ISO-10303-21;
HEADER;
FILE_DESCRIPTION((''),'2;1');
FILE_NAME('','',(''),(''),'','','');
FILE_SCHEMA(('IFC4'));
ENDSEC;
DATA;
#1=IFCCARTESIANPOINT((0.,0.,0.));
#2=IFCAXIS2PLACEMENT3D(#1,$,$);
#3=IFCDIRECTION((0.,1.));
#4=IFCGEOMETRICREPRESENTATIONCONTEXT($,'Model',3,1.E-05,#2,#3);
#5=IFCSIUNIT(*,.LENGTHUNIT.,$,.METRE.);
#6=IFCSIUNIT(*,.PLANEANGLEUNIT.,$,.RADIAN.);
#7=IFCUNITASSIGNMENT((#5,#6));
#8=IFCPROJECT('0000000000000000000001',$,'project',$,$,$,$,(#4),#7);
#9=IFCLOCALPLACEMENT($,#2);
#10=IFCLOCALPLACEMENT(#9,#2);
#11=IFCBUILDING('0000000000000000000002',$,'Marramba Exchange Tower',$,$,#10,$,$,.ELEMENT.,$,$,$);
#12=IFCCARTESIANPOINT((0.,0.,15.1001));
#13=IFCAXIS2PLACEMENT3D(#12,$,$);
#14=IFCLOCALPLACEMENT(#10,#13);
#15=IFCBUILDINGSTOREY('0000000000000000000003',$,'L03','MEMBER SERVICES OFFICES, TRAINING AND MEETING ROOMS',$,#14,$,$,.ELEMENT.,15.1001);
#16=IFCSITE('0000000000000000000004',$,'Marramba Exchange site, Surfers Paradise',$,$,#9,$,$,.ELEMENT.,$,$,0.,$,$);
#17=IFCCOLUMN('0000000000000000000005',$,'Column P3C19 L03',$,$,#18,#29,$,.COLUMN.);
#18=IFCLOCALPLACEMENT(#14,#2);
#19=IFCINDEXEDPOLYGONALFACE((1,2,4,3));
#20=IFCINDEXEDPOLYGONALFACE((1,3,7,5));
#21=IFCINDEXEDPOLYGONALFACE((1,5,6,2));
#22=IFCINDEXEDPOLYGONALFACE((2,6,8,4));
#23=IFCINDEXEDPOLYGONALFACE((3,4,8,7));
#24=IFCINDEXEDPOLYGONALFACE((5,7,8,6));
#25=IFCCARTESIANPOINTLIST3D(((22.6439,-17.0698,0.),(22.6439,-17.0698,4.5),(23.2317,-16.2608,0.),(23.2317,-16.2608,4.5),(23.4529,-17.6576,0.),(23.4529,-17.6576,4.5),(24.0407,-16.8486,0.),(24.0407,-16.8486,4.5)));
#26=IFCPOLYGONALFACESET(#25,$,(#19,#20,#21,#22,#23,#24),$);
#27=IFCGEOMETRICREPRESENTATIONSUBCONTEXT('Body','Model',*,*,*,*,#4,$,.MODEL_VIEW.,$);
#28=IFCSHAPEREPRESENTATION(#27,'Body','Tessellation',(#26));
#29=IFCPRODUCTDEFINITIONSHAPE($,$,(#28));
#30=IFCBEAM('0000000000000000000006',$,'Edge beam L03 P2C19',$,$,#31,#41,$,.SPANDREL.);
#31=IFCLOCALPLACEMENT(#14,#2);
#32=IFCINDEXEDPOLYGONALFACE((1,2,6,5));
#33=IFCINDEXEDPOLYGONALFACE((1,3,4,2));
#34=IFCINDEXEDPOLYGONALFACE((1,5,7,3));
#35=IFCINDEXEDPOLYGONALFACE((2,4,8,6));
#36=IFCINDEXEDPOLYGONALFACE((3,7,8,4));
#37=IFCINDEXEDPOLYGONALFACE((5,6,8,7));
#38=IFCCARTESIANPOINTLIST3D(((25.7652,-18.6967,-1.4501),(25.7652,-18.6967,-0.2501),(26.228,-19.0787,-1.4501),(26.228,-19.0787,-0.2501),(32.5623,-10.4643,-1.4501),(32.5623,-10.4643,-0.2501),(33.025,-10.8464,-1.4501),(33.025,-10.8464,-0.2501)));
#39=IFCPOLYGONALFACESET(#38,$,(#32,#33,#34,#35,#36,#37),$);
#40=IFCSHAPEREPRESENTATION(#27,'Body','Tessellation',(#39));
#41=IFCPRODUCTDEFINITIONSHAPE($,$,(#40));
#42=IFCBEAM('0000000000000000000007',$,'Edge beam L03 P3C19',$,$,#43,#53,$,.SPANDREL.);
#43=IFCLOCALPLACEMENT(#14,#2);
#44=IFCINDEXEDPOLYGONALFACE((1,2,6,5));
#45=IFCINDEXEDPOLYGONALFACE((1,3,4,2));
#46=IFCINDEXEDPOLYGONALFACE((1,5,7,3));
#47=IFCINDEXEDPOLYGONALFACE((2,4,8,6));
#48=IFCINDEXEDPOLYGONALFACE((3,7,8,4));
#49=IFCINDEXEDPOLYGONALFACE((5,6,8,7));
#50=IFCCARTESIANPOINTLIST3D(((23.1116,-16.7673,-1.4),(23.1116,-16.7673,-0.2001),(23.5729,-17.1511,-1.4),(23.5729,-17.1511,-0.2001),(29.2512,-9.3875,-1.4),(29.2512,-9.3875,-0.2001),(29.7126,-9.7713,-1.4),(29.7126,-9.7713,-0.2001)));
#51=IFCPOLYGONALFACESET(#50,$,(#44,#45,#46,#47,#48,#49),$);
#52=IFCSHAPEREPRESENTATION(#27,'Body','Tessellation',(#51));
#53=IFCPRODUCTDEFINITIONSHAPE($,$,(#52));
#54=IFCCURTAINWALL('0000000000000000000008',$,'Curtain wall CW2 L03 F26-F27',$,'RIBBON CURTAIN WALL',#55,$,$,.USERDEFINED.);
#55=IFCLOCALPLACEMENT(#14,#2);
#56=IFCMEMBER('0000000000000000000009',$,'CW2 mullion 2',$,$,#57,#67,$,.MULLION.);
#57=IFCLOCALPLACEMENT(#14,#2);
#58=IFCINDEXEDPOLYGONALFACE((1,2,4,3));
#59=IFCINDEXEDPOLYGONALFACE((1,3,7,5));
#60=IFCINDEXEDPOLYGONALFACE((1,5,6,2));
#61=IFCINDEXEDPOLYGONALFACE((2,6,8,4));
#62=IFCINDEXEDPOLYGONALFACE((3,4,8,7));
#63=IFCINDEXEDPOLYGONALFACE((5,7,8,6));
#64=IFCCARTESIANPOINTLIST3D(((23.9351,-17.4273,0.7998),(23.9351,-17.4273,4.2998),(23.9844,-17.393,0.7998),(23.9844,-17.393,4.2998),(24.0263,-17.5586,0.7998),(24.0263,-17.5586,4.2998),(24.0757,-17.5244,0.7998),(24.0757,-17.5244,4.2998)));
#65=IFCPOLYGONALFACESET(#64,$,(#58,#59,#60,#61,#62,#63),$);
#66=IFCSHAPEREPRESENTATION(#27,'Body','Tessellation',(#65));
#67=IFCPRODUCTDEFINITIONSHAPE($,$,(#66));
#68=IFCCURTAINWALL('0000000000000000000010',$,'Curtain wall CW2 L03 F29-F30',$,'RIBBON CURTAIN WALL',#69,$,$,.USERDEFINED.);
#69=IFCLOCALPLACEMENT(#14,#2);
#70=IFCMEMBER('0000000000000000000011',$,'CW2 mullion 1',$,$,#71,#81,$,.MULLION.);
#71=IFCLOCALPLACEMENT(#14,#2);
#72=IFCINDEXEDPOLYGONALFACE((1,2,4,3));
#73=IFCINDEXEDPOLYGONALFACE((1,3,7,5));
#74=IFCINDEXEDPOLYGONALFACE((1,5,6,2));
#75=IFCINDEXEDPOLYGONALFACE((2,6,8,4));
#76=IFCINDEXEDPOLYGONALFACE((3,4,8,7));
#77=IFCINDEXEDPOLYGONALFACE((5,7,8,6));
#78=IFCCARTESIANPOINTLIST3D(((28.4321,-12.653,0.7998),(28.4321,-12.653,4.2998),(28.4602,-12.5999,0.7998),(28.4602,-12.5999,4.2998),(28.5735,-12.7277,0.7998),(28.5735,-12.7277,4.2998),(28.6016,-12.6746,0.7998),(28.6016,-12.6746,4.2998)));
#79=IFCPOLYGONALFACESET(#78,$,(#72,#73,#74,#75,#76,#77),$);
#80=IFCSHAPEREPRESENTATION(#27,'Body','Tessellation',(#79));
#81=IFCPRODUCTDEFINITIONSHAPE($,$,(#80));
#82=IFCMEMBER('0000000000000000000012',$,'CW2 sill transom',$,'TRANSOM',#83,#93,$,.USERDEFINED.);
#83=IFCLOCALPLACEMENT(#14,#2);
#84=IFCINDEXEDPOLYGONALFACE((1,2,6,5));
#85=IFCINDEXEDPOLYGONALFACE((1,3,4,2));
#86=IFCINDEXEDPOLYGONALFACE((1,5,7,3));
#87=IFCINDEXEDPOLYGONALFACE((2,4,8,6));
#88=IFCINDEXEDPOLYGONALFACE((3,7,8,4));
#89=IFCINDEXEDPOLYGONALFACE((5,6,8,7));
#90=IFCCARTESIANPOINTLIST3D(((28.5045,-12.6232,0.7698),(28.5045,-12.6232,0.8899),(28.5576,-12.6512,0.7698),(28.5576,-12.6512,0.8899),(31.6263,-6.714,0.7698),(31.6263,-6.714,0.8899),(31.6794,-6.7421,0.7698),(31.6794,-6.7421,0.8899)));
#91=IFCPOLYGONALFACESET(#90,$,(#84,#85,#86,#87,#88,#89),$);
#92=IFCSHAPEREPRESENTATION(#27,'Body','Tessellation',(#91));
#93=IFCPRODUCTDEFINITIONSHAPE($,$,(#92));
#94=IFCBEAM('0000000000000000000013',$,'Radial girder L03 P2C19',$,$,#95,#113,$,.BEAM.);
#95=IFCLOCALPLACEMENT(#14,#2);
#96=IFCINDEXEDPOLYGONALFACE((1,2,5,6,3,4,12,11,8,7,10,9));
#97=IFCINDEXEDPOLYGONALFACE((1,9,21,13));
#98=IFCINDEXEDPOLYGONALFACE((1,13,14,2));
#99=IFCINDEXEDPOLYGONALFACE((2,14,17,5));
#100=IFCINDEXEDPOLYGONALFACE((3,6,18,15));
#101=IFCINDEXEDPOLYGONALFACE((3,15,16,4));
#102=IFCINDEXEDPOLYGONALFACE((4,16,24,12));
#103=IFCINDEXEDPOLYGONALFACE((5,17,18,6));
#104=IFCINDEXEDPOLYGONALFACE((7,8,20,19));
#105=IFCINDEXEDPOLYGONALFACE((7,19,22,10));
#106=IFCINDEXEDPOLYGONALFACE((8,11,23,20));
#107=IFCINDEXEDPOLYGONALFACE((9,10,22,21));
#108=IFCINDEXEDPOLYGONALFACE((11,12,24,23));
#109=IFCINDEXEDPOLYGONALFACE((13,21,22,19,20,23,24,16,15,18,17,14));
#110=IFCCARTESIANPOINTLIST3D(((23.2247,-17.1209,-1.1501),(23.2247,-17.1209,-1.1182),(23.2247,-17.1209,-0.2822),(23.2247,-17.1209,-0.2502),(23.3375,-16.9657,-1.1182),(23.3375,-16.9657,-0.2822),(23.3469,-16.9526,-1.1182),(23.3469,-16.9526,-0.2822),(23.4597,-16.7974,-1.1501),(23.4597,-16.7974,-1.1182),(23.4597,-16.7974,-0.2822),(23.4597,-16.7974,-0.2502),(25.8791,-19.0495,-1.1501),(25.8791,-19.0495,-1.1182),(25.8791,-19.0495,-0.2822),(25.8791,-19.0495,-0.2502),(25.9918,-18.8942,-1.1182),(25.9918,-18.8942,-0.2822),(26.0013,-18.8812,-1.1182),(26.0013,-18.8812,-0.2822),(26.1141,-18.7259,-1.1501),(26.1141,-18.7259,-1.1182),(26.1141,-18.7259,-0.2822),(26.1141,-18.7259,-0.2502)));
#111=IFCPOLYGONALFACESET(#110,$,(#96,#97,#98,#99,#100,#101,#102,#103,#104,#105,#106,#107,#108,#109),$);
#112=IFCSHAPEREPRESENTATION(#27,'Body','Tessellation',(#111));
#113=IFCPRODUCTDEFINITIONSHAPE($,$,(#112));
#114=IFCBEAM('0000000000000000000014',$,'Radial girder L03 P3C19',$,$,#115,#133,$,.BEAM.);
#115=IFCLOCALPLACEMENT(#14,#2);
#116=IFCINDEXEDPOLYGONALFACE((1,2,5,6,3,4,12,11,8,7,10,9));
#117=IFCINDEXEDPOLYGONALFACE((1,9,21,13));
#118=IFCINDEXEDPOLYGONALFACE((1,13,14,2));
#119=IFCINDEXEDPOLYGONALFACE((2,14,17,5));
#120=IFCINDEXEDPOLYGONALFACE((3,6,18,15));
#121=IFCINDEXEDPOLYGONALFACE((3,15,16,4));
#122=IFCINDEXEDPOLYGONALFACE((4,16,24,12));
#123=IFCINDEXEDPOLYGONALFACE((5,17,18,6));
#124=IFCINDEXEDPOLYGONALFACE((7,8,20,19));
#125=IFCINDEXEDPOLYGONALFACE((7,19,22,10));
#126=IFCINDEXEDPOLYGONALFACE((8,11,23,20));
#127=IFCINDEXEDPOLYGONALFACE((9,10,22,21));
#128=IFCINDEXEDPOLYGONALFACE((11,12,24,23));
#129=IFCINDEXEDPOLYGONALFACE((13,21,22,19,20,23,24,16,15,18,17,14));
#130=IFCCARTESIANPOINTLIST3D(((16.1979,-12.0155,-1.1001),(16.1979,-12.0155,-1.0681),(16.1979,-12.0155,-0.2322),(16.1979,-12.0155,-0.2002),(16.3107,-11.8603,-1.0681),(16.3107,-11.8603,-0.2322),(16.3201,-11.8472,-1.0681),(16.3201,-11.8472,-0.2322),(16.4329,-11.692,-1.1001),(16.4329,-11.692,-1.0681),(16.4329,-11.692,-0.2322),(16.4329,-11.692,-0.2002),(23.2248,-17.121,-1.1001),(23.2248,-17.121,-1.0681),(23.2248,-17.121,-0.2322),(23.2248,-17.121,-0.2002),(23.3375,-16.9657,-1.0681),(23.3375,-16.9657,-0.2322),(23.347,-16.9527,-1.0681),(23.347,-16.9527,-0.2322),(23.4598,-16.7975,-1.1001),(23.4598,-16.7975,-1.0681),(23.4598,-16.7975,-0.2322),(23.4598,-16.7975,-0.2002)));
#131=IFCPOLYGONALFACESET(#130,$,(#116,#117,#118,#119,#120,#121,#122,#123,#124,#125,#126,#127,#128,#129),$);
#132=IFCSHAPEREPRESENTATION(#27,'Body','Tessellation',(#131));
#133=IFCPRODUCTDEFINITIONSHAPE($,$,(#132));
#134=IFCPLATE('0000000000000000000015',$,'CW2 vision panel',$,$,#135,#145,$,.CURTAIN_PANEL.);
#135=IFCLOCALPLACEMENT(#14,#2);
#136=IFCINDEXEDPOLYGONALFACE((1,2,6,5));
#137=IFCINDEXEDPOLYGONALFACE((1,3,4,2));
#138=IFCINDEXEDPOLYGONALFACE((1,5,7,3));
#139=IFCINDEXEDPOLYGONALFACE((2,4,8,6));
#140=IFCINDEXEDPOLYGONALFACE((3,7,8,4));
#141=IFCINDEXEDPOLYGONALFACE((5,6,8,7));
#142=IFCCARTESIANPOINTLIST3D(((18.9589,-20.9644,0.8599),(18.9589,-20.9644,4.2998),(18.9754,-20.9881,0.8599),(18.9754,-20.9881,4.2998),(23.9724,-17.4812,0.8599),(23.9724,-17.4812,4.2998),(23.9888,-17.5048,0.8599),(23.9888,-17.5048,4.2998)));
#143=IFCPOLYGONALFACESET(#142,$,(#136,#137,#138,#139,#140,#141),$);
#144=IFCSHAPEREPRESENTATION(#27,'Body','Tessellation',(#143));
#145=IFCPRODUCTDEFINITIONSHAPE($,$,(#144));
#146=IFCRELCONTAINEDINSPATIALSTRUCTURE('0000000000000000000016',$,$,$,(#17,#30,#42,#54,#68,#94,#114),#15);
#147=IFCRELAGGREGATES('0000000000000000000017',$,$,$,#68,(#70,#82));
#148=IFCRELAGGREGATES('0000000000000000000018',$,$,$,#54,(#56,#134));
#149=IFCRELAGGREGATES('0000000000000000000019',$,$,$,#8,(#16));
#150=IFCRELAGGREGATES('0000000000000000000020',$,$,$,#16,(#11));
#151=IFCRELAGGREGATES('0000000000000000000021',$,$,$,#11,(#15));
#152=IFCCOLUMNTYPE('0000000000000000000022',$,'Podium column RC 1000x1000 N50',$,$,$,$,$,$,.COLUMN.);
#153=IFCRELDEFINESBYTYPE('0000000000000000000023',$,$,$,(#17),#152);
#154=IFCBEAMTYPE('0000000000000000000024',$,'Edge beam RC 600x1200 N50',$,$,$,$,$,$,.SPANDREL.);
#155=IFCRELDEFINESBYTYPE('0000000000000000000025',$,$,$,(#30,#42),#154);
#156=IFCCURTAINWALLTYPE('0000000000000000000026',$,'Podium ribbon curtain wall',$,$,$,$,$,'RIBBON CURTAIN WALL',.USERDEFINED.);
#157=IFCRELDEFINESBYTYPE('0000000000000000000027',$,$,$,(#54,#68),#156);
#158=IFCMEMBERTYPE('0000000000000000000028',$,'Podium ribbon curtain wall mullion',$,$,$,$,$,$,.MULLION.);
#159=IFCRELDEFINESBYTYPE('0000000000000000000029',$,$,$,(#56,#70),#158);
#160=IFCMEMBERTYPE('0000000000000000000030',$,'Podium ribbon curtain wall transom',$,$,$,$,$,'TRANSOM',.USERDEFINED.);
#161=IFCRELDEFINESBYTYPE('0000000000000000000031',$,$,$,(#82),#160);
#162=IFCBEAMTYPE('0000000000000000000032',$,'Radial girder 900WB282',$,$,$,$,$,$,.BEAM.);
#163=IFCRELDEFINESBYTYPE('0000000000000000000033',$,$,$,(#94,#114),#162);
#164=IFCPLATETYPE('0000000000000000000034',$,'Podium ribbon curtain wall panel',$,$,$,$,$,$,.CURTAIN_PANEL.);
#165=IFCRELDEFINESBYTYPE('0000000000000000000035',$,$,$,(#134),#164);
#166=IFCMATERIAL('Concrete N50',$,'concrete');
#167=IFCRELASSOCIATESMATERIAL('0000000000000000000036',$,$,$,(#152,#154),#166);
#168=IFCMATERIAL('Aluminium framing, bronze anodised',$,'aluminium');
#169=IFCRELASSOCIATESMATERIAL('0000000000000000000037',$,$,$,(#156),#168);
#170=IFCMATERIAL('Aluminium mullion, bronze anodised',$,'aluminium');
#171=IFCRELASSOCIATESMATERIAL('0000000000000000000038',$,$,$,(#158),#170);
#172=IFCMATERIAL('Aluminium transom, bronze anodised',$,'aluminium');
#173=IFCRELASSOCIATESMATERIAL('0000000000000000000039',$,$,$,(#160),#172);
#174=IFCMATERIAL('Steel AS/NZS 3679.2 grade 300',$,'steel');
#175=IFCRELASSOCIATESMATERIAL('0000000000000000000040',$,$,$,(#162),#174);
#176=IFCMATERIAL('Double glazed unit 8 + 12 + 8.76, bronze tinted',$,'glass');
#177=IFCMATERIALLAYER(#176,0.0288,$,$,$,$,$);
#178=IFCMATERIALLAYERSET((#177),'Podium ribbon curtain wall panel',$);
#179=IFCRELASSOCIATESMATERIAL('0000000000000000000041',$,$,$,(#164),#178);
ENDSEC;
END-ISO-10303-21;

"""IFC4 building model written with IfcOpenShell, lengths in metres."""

from ifc_helpers import new_model, si_unit, direction, frame, origin, origin_2d, place, context, subcontext, project, spatial, rectangle, i_section, extrude, material, layer, layer_set, material_profile, profile_set, type_object, element, aggregate, save


model = new_model("IFC4")

# Units and contexts
model_context = context("Model", 3, precision=1e-05, world=origin(), true_north=direction((0.0, 1.0)))
body_context = subcontext(model_context, "Body", "Model", "MODEL_VIEW")
ifc_project = project(units=[si_unit("LENGTHUNIT", "METRE"), si_unit("PLANEANGLEUNIT", "RADIAN")], contexts=[model_context])

# Site, building, storey
site_placement = place(None, origin())
site = spatial("IfcSite", under=ifc_project, at=site_placement, Name="Marramba Exchange site, Surfers Paradise", CompositionType="ELEMENT", RefElevation=0.0)
building_placement = place(site_placement, origin())
building = spatial("IfcBuilding", under=site, at=building_placement, Name="Marramba Exchange Tower", CompositionType="ELEMENT")
storey_placement = place(building_placement, frame((0.0, 0.0, 15.1001)))
storey = spatial("IfcBuildingStorey", under=building, at=storey_placement, Name="L03", Description="MEMBER SERVICES OFFICES, TRAINING AND MEETING ROOMS", CompositionType="ELEMENT", Elevation=15.1001)

# Column
ifc_material_1 = material(Name="Concrete N50", Category="concrete")
ifc_material_profile_1 = material_profile(ifc_material_1, rectangle(XDim=1.0, YDim=1.0, at=origin_2d()), Name="RC 1000x1000")
ifc_profile_set_1 = profile_set([ifc_material_profile_1], Name="Concrete N50")
column_type = type_object("IfcColumnType", Name="Podium column RC 1000x1000 N50", PredefinedType="COLUMN", material=ifc_profile_set_1)
column_placement = place(storey_placement, frame((23.3423, -16.9592, 0.0), z_axis=(0.0, 0.0, 1.0), x_axis=(0.809017, -0.587785, 0.0)))
element("IfcColumn", 1, at=column_placement, inside=storey, type_object=column_type, Name="Column P3C19 L03", PredefinedType="COLUMN", context=body_context, shape_type="SweptSolid", body=[
    extrude(rectangle(XDim=1.0, YDim=1.0, at=origin_2d()), origin(), (0.0, 0.0, 1.0), 4.5),
])

# Beams
ifc_material_profile_2 = material_profile(ifc_material_1, rectangle(XDim=0.6001, YDim=1.2, at=origin_2d()), Name="RC 600x1200")
ifc_profile_set_2 = profile_set([ifc_material_profile_2], Name="Concrete N50")
beam_type_1 = type_object("IfcBeamType", Name="Edge beam RC 600x1200 N50", PredefinedType="SPANDREL", material=ifc_profile_set_2)
beam_1_placement = place(storey_placement, frame((25.9966, -18.8877, -0.8501), z_axis=(0.636682, 0.771126, 0.0), x_axis=(-0.771126, 0.636682, 0.0)))
element("IfcBeam", 2, at=beam_1_placement, inside=storey, type_object=beam_type_1, Name="Edge beam L03 P2C19", PredefinedType="SPANDREL", context=body_context, shape_type="SweptSolid", body=[
    extrude(rectangle(XDim=0.6001, YDim=1.2, at=origin_2d()), origin(), (0.0, 0.0, 1.0), 10.6758),
])
beam_2_placement = place(storey_placement, frame((23.3423, -16.9592, -0.8), z_axis=(0.639554, 0.768746, 0.0), x_axis=(-0.768746, 0.639554, 0.0)))
element("IfcBeam", 3, at=beam_2_placement, inside=storey, type_object=beam_type_1, Name="Edge beam L03 P3C19", PredefinedType="SPANDREL", context=body_context, shape_type="SweptSolid", body=[
    extrude(rectangle(XDim=0.6001, YDim=1.2, at=origin_2d()), origin(), (0.0, 0.0, 1.0), 9.5999),
])

# Curtain wall, member
ifc_material_2 = material(Name="Aluminium framing, bronze anodised", Category="aluminium")
curtain_wall_type = type_object("IfcCurtainWallType", Name="Podium ribbon curtain wall", ElementType="RIBBON CURTAIN WALL", PredefinedType="USERDEFINED", material=ifc_material_2)
curtain_wall_1_placement = place(storey_placement, origin())
curtain_wall_1 = element("IfcCurtainWall", 4, at=curtain_wall_1_placement, inside=storey, type_object=curtain_wall_type, Name="Curtain wall CW2 L03 F26-F27", ObjectType="RIBBON CURTAIN WALL", PredefinedType="USERDEFINED")
ifc_material_3 = material(Name="Aluminium mullion, bronze anodised", Category="aluminium")
ifc_material_profile_3 = material_profile(ifc_material_3, rectangle(XDim=0.1599, YDim=0.0601, at=origin_2d()), Name="CW2 mullion 60x160")
ifc_profile_set_3 = profile_set([ifc_material_profile_3], Name="Aluminium mullion, bronze anodised")
member_type_1 = type_object("IfcMemberType", Name="Podium ribbon curtain wall mullion", PredefinedType="MULLION", material=ifc_profile_set_3)
member_1_placement = place(storey_placement, frame((24.0054, -17.4758, 0.7998), z_axis=(0.0, 0.0, 1.0), x_axis=(-0.570586, 0.821238, 0.0)))
member_1 = element("IfcMember", 5, at=member_1_placement, type_object=member_type_1, Name="CW2 mullion 2", PredefinedType="MULLION", context=body_context, shape_type="SweptSolid", body=[
    extrude(rectangle(XDim=0.1599, YDim=0.0601, at=origin_2d()), origin(), (0.0, 0.0, 1.0), 3.5),
])

# Curtain wall, members
curtain_wall_2_placement = place(storey_placement, origin())
curtain_wall_2 = element("IfcCurtainWall", 6, at=curtain_wall_2_placement, inside=storey, type_object=curtain_wall_type, Name="Curtain wall CW2 L03 F29-F30", ObjectType="RIBBON CURTAIN WALL", PredefinedType="USERDEFINED")
member_2_placement = place(storey_placement, frame((28.5168, -12.6638, 0.7998), z_axis=(0.0, 0.0, 1.0), x_axis=(-0.884188, 0.467131, 0.0)))
member_2 = element("IfcMember", 7, at=member_2_placement, type_object=member_type_1, Name="CW2 mullion 1", PredefinedType="MULLION", context=body_context, shape_type="SweptSolid", body=[
    extrude(rectangle(XDim=0.1599, YDim=0.0601, at=origin_2d()), origin(), (0.0, 0.0, 1.0), 3.5),
])
ifc_material_4 = material(Name="Aluminium transom, bronze anodised", Category="aluminium")
ifc_material_profile_4 = material_profile(ifc_material_4, rectangle(XDim=0.0601, YDim=0.1201, at=origin_2d()), Name="CW2 transom 60x120")
ifc_profile_set_4 = profile_set([ifc_material_profile_4], Name="Aluminium transom, bronze anodised")
member_type_2 = type_object("IfcMemberType", Name="Podium ribbon curtain wall transom", ElementType="TRANSOM", PredefinedType="USERDEFINED", material=ifc_profile_set_4)
member_3_placement = place(storey_placement, frame((28.531, -12.6372, 0.8298), z_axis=(0.46712, 0.884194, 0.0), x_axis=(-0.884194, 0.46712, 0.0)))
member_3 = element("IfcMember", 8, at=member_3_placement, type_object=member_type_2, Name="CW2 sill transom", ObjectType="TRANSOM", PredefinedType="USERDEFINED", context=body_context, shape_type="SweptSolid", body=[
    extrude(rectangle(XDim=0.0601, YDim=0.1201, at=origin_2d()), origin(), (0.0, 0.0, 1.0), 6.6831),
])
aggregate(curtain_wall_2, [member_2, member_3])

# Beams
ifc_material_5 = material(Name="Steel AS/NZS 3679.2 grade 300", Category="steel")
ifc_material_profile_5 = material_profile(ifc_material_5, i_section(OverallWidth=0.3999, OverallDepth=0.8999, WebThickness=0.0161, FlangeThickness=0.032, at=origin_2d()), Name="900WB282")
ifc_profile_set_5 = profile_set([ifc_material_profile_5], Name="Steel AS/NZS 3679.2 grade 300")
beam_type_2 = type_object("IfcBeamType", Name="Radial girder 900WB282", PredefinedType="BEAM", material=ifc_profile_set_5)
beam_3_placement = place(storey_placement, frame((25.9966, -18.8877, -0.7002), z_axis=(-0.809016, 0.587787, 0.0), x_axis=(-0.587787, -0.809016, 0.0)))
element("IfcBeam", 9, at=beam_3_placement, inside=storey, type_object=beam_type_2, Name="Radial girder L03 P2C19", PredefinedType="BEAM", context=body_context, shape_type="SweptSolid", body=[
    extrude(i_section(OverallWidth=0.3999, OverallDepth=0.8999, WebThickness=0.0161, FlangeThickness=0.032, at=origin_2d()), origin(), (0.0, 0.0, 1.0), 3.281),
])
beam_4_placement = place(storey_placement, frame((23.3423, -16.9592, -0.6501), z_axis=(-0.809008, 0.587797, 0.0), x_axis=(-0.587797, -0.809008, 0.0)))
element("IfcBeam", 10, at=beam_4_placement, inside=storey, type_object=beam_type_2, Name="Radial girder L03 P3C19", PredefinedType="BEAM", context=body_context, shape_type="SweptSolid", body=[
    extrude(i_section(OverallWidth=0.3999, OverallDepth=0.8999, WebThickness=0.0161, FlangeThickness=0.032, at=origin_2d()), origin(), (0.0, 0.0, 1.0), 8.6858),
])

# Plate
ifc_material_6 = material(Name="Double glazed unit 8 + 12 + 8.76, bronze tinted", Category="glass")
ifc_layer_1 = layer(ifc_material_6, 0.0288)
ifc_layer_set_1 = layer_set([ifc_layer_1], Name="Podium ribbon curtain wall panel")
plate_type = type_object("IfcPlateType", Name="Podium ribbon curtain wall panel", PredefinedType="CURTAIN_PANEL", material=ifc_layer_set_1)
plate_placement = place(storey_placement, frame((21.4739, -19.2346, 0.8599), z_axis=(0.0, 0.0, 1.0), x_axis=(0.821238, 0.570586, 0.0)))
plate = element("IfcPlate", 11, at=plate_placement, type_object=plate_type, Name="CW2 vision panel", PredefinedType="CURTAIN_PANEL", context=body_context, shape_type="SweptSolid", body=[
    extrude(rectangle(XDim=6.1047, YDim=0.0288, at=origin_2d()), origin(), (0.0, 0.0, 1.0), 3.4399),
])
aggregate(curtain_wall_1, [member_1, plate])

save(model, "model.ifc")
